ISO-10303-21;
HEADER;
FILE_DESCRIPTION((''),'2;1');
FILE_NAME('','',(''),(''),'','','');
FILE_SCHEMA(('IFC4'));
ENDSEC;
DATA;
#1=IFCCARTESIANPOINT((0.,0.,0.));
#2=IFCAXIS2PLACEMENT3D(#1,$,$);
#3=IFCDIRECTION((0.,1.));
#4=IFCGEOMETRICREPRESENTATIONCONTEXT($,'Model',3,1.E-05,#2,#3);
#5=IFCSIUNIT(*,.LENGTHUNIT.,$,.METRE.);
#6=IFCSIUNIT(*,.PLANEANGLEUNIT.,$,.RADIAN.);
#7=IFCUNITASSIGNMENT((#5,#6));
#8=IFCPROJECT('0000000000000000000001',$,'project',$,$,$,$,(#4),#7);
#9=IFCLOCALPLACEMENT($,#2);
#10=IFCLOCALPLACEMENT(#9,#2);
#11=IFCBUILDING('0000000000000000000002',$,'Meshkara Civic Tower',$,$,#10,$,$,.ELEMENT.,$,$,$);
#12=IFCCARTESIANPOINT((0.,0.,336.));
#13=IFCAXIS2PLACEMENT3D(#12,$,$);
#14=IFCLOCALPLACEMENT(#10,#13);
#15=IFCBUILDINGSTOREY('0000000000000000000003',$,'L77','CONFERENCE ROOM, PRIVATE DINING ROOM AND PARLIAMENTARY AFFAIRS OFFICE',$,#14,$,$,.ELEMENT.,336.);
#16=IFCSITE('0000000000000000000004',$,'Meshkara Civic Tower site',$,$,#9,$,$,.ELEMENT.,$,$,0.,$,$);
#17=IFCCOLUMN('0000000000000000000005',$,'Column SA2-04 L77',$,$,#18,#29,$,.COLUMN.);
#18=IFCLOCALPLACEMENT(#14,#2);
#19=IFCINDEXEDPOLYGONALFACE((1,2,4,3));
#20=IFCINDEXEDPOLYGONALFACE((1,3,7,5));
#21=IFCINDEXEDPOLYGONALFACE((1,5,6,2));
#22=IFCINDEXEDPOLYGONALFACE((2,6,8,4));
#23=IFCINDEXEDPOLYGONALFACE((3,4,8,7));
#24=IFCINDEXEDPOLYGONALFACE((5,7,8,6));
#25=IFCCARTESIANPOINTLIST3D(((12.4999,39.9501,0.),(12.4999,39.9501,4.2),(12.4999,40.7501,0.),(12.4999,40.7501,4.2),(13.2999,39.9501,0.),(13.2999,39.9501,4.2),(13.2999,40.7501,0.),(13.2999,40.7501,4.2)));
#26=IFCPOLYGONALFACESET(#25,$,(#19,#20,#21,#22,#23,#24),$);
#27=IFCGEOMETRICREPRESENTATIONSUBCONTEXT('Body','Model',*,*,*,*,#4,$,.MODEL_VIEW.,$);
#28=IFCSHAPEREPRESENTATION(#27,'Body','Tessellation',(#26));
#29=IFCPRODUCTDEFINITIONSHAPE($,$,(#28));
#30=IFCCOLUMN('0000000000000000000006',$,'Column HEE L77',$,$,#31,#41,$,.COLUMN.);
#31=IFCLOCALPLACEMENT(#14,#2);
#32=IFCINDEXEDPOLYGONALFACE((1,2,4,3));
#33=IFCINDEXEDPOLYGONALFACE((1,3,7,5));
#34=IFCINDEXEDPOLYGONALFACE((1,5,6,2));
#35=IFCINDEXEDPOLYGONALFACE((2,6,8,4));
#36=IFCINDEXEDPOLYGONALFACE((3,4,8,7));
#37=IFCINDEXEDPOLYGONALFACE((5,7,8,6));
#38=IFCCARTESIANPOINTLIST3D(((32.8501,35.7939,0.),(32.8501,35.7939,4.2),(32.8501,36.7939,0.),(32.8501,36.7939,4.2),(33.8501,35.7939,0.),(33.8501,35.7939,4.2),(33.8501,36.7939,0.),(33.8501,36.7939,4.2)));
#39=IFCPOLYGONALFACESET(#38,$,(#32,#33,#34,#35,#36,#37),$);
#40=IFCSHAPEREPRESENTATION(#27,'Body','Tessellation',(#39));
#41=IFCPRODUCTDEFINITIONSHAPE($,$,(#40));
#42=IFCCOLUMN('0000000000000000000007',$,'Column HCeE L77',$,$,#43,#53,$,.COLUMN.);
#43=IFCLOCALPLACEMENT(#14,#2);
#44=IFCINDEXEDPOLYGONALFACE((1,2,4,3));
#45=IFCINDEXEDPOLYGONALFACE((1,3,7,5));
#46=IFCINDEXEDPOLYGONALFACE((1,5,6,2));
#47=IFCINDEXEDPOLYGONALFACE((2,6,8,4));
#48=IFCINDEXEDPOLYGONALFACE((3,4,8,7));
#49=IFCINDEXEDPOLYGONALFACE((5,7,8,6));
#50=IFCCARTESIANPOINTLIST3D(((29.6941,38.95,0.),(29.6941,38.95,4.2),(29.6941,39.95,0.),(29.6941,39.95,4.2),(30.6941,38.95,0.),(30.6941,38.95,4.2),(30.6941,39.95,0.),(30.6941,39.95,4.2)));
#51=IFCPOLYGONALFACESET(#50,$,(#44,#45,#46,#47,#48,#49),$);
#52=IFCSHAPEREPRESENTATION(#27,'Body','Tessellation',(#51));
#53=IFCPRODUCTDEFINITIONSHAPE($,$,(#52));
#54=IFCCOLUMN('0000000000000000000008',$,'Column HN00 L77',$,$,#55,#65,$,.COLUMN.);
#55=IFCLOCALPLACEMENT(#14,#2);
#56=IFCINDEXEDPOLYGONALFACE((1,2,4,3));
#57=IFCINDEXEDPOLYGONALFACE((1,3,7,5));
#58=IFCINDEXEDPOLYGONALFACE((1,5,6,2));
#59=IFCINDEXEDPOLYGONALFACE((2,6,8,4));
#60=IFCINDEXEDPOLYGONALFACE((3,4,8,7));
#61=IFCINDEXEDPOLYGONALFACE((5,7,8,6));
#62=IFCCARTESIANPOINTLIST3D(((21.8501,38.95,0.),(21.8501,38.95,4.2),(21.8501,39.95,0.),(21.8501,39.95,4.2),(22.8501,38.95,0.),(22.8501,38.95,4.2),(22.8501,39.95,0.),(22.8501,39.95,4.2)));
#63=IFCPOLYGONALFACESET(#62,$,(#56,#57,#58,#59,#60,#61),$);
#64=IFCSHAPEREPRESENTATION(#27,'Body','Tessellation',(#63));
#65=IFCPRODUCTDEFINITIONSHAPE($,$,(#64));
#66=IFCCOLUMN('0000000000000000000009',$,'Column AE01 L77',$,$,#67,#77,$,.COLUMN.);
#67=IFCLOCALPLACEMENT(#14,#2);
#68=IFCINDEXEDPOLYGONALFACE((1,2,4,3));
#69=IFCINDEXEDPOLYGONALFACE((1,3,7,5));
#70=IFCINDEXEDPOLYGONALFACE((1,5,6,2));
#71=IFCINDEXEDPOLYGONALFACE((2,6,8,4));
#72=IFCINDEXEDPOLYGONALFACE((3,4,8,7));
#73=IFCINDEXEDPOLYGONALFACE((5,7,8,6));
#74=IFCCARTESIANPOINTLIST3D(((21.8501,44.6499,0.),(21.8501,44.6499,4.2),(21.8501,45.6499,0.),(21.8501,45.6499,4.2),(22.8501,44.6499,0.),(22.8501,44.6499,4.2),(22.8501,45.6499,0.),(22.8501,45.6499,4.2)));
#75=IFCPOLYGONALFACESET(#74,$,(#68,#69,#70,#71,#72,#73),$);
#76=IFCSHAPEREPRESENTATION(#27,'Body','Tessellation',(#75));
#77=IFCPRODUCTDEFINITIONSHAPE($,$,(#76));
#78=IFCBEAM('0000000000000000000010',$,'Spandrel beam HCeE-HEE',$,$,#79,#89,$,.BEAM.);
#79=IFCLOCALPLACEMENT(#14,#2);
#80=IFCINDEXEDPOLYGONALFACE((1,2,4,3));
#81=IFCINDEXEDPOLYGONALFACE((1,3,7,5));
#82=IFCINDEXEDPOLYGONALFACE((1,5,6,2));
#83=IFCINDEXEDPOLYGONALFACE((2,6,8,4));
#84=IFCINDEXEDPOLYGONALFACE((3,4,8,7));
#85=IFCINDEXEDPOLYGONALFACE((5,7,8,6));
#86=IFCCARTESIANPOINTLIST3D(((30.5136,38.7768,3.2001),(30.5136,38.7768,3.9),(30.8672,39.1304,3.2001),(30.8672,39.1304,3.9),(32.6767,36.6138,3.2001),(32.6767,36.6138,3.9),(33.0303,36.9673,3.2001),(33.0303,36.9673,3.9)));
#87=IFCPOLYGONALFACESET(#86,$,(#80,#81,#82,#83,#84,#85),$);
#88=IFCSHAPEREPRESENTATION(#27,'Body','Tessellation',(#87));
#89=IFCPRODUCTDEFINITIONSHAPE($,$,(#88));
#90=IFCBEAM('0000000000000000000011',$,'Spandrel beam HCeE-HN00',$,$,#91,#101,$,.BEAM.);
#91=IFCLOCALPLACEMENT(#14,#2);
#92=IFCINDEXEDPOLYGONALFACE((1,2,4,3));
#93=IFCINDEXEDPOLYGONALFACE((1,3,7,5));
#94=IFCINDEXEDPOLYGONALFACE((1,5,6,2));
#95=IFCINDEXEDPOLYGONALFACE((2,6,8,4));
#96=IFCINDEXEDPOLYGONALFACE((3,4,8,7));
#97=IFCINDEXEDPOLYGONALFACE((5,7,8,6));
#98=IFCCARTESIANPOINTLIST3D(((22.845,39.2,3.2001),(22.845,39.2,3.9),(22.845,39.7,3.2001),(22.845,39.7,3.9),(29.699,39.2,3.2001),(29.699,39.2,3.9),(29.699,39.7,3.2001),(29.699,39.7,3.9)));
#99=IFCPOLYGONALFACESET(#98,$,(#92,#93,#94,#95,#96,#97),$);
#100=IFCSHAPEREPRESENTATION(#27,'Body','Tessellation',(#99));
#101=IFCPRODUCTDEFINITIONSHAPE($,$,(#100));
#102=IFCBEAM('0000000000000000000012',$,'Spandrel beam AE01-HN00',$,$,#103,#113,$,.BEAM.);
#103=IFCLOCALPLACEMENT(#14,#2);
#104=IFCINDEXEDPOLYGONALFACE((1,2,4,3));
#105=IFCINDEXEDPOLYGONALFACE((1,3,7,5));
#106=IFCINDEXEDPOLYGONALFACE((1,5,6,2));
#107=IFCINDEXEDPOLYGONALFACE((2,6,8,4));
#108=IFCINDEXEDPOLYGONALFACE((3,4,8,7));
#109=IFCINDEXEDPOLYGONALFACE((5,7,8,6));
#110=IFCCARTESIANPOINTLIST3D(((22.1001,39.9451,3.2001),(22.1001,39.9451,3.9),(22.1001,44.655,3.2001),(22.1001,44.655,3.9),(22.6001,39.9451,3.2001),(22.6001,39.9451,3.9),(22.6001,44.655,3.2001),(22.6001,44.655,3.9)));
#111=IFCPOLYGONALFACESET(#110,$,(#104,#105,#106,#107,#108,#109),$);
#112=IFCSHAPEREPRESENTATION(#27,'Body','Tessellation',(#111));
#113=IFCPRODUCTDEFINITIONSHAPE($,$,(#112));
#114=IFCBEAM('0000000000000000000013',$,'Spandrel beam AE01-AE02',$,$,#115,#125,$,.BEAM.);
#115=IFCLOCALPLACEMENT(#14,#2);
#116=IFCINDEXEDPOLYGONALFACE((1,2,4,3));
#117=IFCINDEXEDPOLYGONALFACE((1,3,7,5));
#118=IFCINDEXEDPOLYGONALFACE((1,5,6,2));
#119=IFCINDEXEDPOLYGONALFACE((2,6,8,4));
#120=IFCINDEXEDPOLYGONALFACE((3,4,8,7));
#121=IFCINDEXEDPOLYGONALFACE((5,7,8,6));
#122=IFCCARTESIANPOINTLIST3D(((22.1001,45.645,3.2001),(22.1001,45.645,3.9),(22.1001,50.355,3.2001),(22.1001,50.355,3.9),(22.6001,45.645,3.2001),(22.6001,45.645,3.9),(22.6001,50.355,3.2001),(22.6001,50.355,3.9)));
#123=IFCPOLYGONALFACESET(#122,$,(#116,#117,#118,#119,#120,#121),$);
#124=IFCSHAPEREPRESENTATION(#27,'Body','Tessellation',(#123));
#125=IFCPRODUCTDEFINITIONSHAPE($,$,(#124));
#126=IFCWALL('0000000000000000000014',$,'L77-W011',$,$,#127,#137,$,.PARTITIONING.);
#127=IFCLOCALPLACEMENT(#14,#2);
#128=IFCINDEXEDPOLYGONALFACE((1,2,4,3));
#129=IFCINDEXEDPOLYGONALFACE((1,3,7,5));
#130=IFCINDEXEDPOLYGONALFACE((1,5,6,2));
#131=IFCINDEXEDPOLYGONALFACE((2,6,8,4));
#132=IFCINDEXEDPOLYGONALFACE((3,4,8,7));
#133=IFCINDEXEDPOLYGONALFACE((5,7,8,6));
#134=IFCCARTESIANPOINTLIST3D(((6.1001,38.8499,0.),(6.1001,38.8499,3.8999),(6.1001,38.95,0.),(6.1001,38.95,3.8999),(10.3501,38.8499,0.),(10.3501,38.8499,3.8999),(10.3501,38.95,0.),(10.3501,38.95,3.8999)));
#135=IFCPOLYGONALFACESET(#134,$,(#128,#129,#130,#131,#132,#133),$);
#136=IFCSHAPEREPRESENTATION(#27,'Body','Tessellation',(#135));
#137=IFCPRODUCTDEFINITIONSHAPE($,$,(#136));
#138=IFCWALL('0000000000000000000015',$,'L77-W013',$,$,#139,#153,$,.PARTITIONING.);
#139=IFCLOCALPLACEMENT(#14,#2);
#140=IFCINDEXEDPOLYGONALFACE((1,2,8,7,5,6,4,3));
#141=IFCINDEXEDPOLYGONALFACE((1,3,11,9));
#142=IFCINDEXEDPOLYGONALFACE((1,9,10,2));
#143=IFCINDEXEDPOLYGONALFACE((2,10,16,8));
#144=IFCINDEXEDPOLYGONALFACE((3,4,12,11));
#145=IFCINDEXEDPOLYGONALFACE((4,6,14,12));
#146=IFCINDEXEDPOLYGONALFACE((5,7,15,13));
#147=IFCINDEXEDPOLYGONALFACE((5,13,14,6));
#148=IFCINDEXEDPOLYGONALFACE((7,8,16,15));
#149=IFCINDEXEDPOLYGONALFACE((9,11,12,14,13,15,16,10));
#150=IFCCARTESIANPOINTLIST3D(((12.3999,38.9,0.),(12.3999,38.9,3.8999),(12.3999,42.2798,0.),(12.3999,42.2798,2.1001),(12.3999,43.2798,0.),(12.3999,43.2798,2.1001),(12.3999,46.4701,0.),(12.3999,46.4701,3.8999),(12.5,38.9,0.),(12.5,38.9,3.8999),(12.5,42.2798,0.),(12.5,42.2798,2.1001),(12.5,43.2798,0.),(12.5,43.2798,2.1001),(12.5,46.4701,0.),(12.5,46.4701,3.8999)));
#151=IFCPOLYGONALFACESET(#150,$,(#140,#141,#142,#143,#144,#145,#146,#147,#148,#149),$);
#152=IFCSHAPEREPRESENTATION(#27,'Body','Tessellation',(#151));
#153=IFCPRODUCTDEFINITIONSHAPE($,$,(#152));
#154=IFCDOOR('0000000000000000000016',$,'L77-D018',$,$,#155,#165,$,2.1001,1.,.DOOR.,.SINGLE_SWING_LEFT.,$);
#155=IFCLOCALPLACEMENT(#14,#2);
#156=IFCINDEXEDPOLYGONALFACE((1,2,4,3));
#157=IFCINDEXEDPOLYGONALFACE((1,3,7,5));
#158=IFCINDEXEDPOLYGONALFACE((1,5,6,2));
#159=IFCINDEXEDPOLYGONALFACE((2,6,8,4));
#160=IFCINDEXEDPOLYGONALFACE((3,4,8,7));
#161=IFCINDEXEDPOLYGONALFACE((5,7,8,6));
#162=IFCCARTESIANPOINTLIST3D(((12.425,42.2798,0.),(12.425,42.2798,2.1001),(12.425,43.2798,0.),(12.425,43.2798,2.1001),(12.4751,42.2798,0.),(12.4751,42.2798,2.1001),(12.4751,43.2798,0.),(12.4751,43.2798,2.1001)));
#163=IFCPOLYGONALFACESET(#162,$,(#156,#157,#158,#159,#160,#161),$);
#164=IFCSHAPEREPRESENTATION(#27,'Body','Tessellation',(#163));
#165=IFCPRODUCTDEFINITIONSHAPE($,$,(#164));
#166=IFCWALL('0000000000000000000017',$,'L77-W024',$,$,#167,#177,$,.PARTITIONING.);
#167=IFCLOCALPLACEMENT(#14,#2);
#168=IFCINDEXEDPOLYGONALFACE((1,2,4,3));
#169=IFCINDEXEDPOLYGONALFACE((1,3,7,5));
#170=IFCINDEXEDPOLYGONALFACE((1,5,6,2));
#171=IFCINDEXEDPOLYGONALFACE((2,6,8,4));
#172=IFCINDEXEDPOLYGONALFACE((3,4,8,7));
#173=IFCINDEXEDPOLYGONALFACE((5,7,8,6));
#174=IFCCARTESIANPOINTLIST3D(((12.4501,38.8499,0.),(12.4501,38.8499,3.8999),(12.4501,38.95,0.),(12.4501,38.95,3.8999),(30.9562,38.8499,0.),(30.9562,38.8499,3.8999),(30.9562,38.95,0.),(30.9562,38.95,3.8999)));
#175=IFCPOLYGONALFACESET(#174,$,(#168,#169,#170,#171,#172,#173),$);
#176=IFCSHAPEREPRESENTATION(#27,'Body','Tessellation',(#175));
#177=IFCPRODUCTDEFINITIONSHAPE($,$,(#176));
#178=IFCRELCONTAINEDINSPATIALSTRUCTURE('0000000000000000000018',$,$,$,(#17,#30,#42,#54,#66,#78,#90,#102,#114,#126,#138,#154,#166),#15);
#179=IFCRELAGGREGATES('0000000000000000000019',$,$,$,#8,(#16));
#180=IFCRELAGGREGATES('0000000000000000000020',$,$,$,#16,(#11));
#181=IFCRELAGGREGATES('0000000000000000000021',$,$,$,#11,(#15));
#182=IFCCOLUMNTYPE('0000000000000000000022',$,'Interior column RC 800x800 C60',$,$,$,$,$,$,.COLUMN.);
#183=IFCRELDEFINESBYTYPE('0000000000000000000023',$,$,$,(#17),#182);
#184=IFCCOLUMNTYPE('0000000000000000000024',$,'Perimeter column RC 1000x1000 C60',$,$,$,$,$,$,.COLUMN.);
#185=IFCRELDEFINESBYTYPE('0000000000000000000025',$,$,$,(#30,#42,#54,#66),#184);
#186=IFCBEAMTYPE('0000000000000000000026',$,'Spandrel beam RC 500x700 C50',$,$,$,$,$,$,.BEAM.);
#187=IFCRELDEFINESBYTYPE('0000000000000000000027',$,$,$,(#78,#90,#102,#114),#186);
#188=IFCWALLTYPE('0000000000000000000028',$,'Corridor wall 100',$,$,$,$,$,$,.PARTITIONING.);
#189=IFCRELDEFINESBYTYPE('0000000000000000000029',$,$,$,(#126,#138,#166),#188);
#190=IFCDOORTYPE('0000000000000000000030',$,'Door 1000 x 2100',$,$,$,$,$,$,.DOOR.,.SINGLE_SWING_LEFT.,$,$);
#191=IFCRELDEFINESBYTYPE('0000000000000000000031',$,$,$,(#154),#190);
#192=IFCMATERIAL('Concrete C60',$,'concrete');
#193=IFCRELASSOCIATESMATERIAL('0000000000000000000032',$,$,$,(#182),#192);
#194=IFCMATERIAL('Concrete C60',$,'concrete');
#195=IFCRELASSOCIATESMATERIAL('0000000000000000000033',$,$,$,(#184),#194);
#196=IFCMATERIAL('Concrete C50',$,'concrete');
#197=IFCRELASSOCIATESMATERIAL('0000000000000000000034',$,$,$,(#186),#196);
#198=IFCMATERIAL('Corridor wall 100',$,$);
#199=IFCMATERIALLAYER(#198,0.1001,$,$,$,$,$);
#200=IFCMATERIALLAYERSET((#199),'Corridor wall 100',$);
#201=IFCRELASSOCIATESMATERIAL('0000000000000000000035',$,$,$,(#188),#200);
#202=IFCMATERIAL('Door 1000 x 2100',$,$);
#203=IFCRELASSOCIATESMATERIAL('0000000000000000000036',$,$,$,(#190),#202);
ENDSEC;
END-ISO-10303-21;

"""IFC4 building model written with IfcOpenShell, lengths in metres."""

from ifc_helpers import new_model, si_unit, direction, frame, frame_2d, origin, origin_2d, place, context, subcontext, project, spatial, rectangle, extrude, material, layer, layer_set, material_profile, profile_set, type_object, element, fill, save


model = new_model("IFC4")

# Units and contexts
model_context = context("Model", 3, precision=1e-05, world=origin(), true_north=direction((0.0, 1.0)))
body_context = subcontext(model_context, "Body", "Model", "MODEL_VIEW")
ifc_project = project(units=[si_unit("LENGTHUNIT", "METRE"), si_unit("PLANEANGLEUNIT", "RADIAN")], contexts=[model_context])

# Site, building, storey
site_placement = place(None, origin())
site = spatial("IfcSite", under=ifc_project, at=site_placement, Name="Meshkara Civic Tower site", CompositionType="ELEMENT", RefElevation=0.0)
building_placement = place(site_placement, origin())
building = spatial("IfcBuilding", under=site, at=building_placement, Name="Meshkara Civic Tower", CompositionType="ELEMENT")
storey_placement = place(building_placement, frame((0.0, 0.0, 336.0)))
storey = spatial("IfcBuildingStorey", under=building, at=storey_placement, Name="L77", Description="CONFERENCE ROOM, PRIVATE DINING ROOM AND PARLIAMENTARY AFFAIRS OFFICE", CompositionType="ELEMENT", Elevation=336.0)

# Columns
ifc_material_1 = material(Name="Concrete C60", Category="concrete")
ifc_material_profile_1 = material_profile(ifc_material_1, rectangle(XDim=0.8, YDim=0.8, at=origin_2d()))
ifc_profile_set_1 = profile_set([ifc_material_profile_1], Name="Concrete C60")
column_type_1 = type_object("IfcColumnType", Name="Interior column RC 800x800 C60", PredefinedType="COLUMN", material=ifc_profile_set_1)
column_placement = place(storey_placement, frame((12.8999, 40.3501, 0.0), z_axis=(0.0, 0.0, 1.0), x_axis=(1.0, 0.0, 0.0)))
element("IfcColumn", 1, at=column_placement, inside=storey, type_object=column_type_1, Name="Column SA2-04 L77", PredefinedType="COLUMN", context=body_context, shape_type="SweptSolid", body=[
    extrude(rectangle(XDim=0.8, YDim=0.8, at=origin_2d()), origin(), (0.0, 0.0, 1.0), 4.2),
])
ifc_material_2 = material(Name="Concrete C60", Category="concrete")
ifc_material_profile_2 = material_profile(ifc_material_2, rectangle(XDim=1.0, YDim=1.0, at=origin_2d()))
ifc_profile_set_2 = profile_set([ifc_material_profile_2], Name="Concrete C60")
column_type_2 = type_object("IfcColumnType", Name="Perimeter column RC 1000x1000 C60", PredefinedType="COLUMN", material=ifc_profile_set_2)
for number, where, z_axis, x_axis, name in (
    (2, (33.3501, 36.2939, 0.0), (0.0, 0.0, 1.0), (1.0, 0.0, 0.0), "Column HEE L77"),
    (3, (30.1941, 39.45, 0.0), (0.0, 0.0, 1.0), (1.0, 0.0, 0.0), "Column HCeE L77"),
    (4, (22.3501, 39.45, 0.0), (0.0, 0.0, 1.0), (1.0, 0.0, 0.0), "Column HN00 L77"),
    (5, (22.3501, 45.1499, 0.0), (0.0, 0.0, 1.0), (1.0, 0.0, 0.0), "Column AE01 L77"),
):
    element("IfcColumn", number, at=place(storey_placement, frame(where, z_axis=z_axis, x_axis=x_axis)), inside=storey, type_object=column_type_2, Name=name, PredefinedType="COLUMN", context=body_context, shape_type="SweptSolid", body=[
        extrude(rectangle(XDim=1.0, YDim=1.0, at=origin_2d()), origin(), (0.0, 0.0, 1.0), 4.2),
    ])

# Beams
ifc_material_3 = material(Name="Concrete C50", Category="concrete")
ifc_material_profile_3 = material_profile(ifc_material_3, rectangle(XDim=0.5, YDim=0.7, at=origin_2d()))
ifc_profile_set_3 = profile_set([ifc_material_profile_3], Name="Concrete C50")
beam_type = type_object("IfcBeamType", Name="Spandrel beam RC 500x700 C50", PredefinedType="BEAM", material=ifc_profile_set_3)
beam_1_placement = place(storey_placement, frame((32.8535, 36.7905, 3.55), z_axis=(-0.707107, 0.707107, 0.0), x_axis=(-0.707107, -0.707107, 0.0)))
element("IfcBeam", 6, at=beam_1_placement, inside=storey, type_object=beam_type, Name="Spandrel beam HCeE-HEE", PredefinedType="BEAM", context=body_context, shape_type="SweptSolid", body=[
    extrude(rectangle(XDim=0.5, YDim=0.7, at=origin_2d()), origin(), (0.0, 0.0, 1.0), 3.0591),
])
beam_2_placement = place(storey_placement, frame((29.699, 39.45, 3.55), z_axis=(-1.0, 0.0, 0.0), x_axis=(0.0, -1.0, 0.0)))
element("IfcBeam", 7, at=beam_2_placement, inside=storey, type_object=beam_type, Name="Spandrel beam HCeE-HN00", PredefinedType="BEAM", context=body_context, shape_type="SweptSolid", body=[
    extrude(rectangle(XDim=0.5, YDim=0.7, at=origin_2d()), origin(), (0.0, 0.0, 1.0), 6.854),
])
for number, where, z_axis, x_axis, name in (
    (8, (22.3501, 39.9451, 3.55), (0.0, 1.0, 0.0), (-1.0, 0.0, 0.0), "Spandrel beam AE01-HN00"),
    (9, (22.3501, 45.645, 3.55), (0.0, 1.0, 0.0), (-1.0, 0.0, 0.0), "Spandrel beam AE01-AE02"),
):
    element("IfcBeam", number, at=place(storey_placement, frame(where, z_axis=z_axis, x_axis=x_axis)), inside=storey, type_object=beam_type, Name=name, PredefinedType="BEAM", context=body_context, shape_type="SweptSolid", body=[
        extrude(rectangle(XDim=0.5, YDim=0.7, at=origin_2d()), origin(), (0.0, 0.0, 1.0), 4.71),
    ])

# Wall
ifc_material_4 = material(Name="Corridor wall 100")
ifc_layer_1 = layer(ifc_material_4, 0.1001)
ifc_layer_set_1 = layer_set([ifc_layer_1], Name="Corridor wall 100")
wall_type_1 = type_object("IfcWallType", Name="Corridor wall 100", PredefinedType="PARTITIONING", material=ifc_layer_set_1)
wall_1_placement = place(storey_placement, frame((10.3501, 38.8999, 0.0), z_axis=(0.0, 0.0, 1.0), x_axis=(-1.0, 0.0, 0.0)))
element("IfcWall", 10, at=wall_1_placement, inside=storey, type_object=wall_type_1, Name="L77-W011", PredefinedType="PARTITIONING", context=body_context, shape_type="SweptSolid", body=[
    extrude(rectangle(XDim=4.25, YDim=0.1001, at=frame_2d((2.125, 0.0))), origin(), (0.0, 0.0, 1.0), 3.8999),
])

# Wall, opening, door
wall_2_placement = place(storey_placement, frame((12.45, 38.8999, 0.0), z_axis=(0.0, 0.0, 1.0), x_axis=(0.0, 1.0, 0.0)))
wall_2 = element("IfcWall", 11, at=wall_2_placement, inside=storey, type_object=wall_type_1, Name="L77-W013", PredefinedType="PARTITIONING", context=body_context, shape_type="SweptSolid", body=[
    extrude(rectangle(XDim=7.5701, YDim=0.1001, at=frame_2d((3.7852, 0.0))), origin(), (0.0, 0.0, 1.0), 3.8999),
])
opening_1_placement = place(wall_2_placement, frame((3.3799, 0.0, 0.0)))
opening_1 = element("IfcOpeningElement", 12, at=opening_1_placement, cuts=wall_2, PredefinedType="OPENING", context=body_context, shape_type="SweptSolid", body=[
    extrude(rectangle(XDim=1.0, YDim=2.1001, at=frame_2d((0.5, 1.05))), frame((0.0, 0.0601, 0.0), z_axis=(0.0, -1.0, 0.0), x_axis=(1.0, 0.0, 0.0)), (0.0, 0.0, 1.0), 0.1201),
])
ifc_material_5 = material(Name="Door 1000 x 2100")
door_type = type_object("IfcDoorType", Name="Door 1000 x 2100", OperationType="SINGLE_SWING_LEFT", PredefinedType="DOOR", material=ifc_material_5)
door_placement = place(opening_1_placement, origin())
door = element("IfcDoor", 13, at=door_placement, inside=storey, type_object=door_type, Name="L77-D018", OperationType="SINGLE_SWING_LEFT", OverallHeight=2.1001, OverallWidth=1.0, PredefinedType="DOOR", context=body_context, shape_type="SweptSolid", body=[
    extrude(rectangle(XDim=1.0, YDim=2.1001, at=frame_2d((0.5, 1.05))), frame((0.0, 0.0249, 0.0), z_axis=(0.0, -1.0, 0.0), x_axis=(1.0, 0.0, 0.0)), (0.0, 0.0, 1.0), 0.05),
])
fill(opening_1, door)

# Wall
wall_3_placement = place(storey_placement, frame((30.9561, 38.8999, 0.0), z_axis=(0.0, 0.0, 1.0), x_axis=(-1.0, 0.0, 0.0)))
element("IfcWall", 14, at=wall_3_placement, inside=storey, type_object=wall_type_1, Name="L77-W024", PredefinedType="PARTITIONING", context=body_context, shape_type="SweptSolid", body=[
    extrude(rectangle(XDim=18.5061, YDim=0.1001, at=frame_2d((9.2529, 0.0))), origin(), (0.0, 0.0, 1.0), 3.8999),
])

save(model, "model.ifc")
